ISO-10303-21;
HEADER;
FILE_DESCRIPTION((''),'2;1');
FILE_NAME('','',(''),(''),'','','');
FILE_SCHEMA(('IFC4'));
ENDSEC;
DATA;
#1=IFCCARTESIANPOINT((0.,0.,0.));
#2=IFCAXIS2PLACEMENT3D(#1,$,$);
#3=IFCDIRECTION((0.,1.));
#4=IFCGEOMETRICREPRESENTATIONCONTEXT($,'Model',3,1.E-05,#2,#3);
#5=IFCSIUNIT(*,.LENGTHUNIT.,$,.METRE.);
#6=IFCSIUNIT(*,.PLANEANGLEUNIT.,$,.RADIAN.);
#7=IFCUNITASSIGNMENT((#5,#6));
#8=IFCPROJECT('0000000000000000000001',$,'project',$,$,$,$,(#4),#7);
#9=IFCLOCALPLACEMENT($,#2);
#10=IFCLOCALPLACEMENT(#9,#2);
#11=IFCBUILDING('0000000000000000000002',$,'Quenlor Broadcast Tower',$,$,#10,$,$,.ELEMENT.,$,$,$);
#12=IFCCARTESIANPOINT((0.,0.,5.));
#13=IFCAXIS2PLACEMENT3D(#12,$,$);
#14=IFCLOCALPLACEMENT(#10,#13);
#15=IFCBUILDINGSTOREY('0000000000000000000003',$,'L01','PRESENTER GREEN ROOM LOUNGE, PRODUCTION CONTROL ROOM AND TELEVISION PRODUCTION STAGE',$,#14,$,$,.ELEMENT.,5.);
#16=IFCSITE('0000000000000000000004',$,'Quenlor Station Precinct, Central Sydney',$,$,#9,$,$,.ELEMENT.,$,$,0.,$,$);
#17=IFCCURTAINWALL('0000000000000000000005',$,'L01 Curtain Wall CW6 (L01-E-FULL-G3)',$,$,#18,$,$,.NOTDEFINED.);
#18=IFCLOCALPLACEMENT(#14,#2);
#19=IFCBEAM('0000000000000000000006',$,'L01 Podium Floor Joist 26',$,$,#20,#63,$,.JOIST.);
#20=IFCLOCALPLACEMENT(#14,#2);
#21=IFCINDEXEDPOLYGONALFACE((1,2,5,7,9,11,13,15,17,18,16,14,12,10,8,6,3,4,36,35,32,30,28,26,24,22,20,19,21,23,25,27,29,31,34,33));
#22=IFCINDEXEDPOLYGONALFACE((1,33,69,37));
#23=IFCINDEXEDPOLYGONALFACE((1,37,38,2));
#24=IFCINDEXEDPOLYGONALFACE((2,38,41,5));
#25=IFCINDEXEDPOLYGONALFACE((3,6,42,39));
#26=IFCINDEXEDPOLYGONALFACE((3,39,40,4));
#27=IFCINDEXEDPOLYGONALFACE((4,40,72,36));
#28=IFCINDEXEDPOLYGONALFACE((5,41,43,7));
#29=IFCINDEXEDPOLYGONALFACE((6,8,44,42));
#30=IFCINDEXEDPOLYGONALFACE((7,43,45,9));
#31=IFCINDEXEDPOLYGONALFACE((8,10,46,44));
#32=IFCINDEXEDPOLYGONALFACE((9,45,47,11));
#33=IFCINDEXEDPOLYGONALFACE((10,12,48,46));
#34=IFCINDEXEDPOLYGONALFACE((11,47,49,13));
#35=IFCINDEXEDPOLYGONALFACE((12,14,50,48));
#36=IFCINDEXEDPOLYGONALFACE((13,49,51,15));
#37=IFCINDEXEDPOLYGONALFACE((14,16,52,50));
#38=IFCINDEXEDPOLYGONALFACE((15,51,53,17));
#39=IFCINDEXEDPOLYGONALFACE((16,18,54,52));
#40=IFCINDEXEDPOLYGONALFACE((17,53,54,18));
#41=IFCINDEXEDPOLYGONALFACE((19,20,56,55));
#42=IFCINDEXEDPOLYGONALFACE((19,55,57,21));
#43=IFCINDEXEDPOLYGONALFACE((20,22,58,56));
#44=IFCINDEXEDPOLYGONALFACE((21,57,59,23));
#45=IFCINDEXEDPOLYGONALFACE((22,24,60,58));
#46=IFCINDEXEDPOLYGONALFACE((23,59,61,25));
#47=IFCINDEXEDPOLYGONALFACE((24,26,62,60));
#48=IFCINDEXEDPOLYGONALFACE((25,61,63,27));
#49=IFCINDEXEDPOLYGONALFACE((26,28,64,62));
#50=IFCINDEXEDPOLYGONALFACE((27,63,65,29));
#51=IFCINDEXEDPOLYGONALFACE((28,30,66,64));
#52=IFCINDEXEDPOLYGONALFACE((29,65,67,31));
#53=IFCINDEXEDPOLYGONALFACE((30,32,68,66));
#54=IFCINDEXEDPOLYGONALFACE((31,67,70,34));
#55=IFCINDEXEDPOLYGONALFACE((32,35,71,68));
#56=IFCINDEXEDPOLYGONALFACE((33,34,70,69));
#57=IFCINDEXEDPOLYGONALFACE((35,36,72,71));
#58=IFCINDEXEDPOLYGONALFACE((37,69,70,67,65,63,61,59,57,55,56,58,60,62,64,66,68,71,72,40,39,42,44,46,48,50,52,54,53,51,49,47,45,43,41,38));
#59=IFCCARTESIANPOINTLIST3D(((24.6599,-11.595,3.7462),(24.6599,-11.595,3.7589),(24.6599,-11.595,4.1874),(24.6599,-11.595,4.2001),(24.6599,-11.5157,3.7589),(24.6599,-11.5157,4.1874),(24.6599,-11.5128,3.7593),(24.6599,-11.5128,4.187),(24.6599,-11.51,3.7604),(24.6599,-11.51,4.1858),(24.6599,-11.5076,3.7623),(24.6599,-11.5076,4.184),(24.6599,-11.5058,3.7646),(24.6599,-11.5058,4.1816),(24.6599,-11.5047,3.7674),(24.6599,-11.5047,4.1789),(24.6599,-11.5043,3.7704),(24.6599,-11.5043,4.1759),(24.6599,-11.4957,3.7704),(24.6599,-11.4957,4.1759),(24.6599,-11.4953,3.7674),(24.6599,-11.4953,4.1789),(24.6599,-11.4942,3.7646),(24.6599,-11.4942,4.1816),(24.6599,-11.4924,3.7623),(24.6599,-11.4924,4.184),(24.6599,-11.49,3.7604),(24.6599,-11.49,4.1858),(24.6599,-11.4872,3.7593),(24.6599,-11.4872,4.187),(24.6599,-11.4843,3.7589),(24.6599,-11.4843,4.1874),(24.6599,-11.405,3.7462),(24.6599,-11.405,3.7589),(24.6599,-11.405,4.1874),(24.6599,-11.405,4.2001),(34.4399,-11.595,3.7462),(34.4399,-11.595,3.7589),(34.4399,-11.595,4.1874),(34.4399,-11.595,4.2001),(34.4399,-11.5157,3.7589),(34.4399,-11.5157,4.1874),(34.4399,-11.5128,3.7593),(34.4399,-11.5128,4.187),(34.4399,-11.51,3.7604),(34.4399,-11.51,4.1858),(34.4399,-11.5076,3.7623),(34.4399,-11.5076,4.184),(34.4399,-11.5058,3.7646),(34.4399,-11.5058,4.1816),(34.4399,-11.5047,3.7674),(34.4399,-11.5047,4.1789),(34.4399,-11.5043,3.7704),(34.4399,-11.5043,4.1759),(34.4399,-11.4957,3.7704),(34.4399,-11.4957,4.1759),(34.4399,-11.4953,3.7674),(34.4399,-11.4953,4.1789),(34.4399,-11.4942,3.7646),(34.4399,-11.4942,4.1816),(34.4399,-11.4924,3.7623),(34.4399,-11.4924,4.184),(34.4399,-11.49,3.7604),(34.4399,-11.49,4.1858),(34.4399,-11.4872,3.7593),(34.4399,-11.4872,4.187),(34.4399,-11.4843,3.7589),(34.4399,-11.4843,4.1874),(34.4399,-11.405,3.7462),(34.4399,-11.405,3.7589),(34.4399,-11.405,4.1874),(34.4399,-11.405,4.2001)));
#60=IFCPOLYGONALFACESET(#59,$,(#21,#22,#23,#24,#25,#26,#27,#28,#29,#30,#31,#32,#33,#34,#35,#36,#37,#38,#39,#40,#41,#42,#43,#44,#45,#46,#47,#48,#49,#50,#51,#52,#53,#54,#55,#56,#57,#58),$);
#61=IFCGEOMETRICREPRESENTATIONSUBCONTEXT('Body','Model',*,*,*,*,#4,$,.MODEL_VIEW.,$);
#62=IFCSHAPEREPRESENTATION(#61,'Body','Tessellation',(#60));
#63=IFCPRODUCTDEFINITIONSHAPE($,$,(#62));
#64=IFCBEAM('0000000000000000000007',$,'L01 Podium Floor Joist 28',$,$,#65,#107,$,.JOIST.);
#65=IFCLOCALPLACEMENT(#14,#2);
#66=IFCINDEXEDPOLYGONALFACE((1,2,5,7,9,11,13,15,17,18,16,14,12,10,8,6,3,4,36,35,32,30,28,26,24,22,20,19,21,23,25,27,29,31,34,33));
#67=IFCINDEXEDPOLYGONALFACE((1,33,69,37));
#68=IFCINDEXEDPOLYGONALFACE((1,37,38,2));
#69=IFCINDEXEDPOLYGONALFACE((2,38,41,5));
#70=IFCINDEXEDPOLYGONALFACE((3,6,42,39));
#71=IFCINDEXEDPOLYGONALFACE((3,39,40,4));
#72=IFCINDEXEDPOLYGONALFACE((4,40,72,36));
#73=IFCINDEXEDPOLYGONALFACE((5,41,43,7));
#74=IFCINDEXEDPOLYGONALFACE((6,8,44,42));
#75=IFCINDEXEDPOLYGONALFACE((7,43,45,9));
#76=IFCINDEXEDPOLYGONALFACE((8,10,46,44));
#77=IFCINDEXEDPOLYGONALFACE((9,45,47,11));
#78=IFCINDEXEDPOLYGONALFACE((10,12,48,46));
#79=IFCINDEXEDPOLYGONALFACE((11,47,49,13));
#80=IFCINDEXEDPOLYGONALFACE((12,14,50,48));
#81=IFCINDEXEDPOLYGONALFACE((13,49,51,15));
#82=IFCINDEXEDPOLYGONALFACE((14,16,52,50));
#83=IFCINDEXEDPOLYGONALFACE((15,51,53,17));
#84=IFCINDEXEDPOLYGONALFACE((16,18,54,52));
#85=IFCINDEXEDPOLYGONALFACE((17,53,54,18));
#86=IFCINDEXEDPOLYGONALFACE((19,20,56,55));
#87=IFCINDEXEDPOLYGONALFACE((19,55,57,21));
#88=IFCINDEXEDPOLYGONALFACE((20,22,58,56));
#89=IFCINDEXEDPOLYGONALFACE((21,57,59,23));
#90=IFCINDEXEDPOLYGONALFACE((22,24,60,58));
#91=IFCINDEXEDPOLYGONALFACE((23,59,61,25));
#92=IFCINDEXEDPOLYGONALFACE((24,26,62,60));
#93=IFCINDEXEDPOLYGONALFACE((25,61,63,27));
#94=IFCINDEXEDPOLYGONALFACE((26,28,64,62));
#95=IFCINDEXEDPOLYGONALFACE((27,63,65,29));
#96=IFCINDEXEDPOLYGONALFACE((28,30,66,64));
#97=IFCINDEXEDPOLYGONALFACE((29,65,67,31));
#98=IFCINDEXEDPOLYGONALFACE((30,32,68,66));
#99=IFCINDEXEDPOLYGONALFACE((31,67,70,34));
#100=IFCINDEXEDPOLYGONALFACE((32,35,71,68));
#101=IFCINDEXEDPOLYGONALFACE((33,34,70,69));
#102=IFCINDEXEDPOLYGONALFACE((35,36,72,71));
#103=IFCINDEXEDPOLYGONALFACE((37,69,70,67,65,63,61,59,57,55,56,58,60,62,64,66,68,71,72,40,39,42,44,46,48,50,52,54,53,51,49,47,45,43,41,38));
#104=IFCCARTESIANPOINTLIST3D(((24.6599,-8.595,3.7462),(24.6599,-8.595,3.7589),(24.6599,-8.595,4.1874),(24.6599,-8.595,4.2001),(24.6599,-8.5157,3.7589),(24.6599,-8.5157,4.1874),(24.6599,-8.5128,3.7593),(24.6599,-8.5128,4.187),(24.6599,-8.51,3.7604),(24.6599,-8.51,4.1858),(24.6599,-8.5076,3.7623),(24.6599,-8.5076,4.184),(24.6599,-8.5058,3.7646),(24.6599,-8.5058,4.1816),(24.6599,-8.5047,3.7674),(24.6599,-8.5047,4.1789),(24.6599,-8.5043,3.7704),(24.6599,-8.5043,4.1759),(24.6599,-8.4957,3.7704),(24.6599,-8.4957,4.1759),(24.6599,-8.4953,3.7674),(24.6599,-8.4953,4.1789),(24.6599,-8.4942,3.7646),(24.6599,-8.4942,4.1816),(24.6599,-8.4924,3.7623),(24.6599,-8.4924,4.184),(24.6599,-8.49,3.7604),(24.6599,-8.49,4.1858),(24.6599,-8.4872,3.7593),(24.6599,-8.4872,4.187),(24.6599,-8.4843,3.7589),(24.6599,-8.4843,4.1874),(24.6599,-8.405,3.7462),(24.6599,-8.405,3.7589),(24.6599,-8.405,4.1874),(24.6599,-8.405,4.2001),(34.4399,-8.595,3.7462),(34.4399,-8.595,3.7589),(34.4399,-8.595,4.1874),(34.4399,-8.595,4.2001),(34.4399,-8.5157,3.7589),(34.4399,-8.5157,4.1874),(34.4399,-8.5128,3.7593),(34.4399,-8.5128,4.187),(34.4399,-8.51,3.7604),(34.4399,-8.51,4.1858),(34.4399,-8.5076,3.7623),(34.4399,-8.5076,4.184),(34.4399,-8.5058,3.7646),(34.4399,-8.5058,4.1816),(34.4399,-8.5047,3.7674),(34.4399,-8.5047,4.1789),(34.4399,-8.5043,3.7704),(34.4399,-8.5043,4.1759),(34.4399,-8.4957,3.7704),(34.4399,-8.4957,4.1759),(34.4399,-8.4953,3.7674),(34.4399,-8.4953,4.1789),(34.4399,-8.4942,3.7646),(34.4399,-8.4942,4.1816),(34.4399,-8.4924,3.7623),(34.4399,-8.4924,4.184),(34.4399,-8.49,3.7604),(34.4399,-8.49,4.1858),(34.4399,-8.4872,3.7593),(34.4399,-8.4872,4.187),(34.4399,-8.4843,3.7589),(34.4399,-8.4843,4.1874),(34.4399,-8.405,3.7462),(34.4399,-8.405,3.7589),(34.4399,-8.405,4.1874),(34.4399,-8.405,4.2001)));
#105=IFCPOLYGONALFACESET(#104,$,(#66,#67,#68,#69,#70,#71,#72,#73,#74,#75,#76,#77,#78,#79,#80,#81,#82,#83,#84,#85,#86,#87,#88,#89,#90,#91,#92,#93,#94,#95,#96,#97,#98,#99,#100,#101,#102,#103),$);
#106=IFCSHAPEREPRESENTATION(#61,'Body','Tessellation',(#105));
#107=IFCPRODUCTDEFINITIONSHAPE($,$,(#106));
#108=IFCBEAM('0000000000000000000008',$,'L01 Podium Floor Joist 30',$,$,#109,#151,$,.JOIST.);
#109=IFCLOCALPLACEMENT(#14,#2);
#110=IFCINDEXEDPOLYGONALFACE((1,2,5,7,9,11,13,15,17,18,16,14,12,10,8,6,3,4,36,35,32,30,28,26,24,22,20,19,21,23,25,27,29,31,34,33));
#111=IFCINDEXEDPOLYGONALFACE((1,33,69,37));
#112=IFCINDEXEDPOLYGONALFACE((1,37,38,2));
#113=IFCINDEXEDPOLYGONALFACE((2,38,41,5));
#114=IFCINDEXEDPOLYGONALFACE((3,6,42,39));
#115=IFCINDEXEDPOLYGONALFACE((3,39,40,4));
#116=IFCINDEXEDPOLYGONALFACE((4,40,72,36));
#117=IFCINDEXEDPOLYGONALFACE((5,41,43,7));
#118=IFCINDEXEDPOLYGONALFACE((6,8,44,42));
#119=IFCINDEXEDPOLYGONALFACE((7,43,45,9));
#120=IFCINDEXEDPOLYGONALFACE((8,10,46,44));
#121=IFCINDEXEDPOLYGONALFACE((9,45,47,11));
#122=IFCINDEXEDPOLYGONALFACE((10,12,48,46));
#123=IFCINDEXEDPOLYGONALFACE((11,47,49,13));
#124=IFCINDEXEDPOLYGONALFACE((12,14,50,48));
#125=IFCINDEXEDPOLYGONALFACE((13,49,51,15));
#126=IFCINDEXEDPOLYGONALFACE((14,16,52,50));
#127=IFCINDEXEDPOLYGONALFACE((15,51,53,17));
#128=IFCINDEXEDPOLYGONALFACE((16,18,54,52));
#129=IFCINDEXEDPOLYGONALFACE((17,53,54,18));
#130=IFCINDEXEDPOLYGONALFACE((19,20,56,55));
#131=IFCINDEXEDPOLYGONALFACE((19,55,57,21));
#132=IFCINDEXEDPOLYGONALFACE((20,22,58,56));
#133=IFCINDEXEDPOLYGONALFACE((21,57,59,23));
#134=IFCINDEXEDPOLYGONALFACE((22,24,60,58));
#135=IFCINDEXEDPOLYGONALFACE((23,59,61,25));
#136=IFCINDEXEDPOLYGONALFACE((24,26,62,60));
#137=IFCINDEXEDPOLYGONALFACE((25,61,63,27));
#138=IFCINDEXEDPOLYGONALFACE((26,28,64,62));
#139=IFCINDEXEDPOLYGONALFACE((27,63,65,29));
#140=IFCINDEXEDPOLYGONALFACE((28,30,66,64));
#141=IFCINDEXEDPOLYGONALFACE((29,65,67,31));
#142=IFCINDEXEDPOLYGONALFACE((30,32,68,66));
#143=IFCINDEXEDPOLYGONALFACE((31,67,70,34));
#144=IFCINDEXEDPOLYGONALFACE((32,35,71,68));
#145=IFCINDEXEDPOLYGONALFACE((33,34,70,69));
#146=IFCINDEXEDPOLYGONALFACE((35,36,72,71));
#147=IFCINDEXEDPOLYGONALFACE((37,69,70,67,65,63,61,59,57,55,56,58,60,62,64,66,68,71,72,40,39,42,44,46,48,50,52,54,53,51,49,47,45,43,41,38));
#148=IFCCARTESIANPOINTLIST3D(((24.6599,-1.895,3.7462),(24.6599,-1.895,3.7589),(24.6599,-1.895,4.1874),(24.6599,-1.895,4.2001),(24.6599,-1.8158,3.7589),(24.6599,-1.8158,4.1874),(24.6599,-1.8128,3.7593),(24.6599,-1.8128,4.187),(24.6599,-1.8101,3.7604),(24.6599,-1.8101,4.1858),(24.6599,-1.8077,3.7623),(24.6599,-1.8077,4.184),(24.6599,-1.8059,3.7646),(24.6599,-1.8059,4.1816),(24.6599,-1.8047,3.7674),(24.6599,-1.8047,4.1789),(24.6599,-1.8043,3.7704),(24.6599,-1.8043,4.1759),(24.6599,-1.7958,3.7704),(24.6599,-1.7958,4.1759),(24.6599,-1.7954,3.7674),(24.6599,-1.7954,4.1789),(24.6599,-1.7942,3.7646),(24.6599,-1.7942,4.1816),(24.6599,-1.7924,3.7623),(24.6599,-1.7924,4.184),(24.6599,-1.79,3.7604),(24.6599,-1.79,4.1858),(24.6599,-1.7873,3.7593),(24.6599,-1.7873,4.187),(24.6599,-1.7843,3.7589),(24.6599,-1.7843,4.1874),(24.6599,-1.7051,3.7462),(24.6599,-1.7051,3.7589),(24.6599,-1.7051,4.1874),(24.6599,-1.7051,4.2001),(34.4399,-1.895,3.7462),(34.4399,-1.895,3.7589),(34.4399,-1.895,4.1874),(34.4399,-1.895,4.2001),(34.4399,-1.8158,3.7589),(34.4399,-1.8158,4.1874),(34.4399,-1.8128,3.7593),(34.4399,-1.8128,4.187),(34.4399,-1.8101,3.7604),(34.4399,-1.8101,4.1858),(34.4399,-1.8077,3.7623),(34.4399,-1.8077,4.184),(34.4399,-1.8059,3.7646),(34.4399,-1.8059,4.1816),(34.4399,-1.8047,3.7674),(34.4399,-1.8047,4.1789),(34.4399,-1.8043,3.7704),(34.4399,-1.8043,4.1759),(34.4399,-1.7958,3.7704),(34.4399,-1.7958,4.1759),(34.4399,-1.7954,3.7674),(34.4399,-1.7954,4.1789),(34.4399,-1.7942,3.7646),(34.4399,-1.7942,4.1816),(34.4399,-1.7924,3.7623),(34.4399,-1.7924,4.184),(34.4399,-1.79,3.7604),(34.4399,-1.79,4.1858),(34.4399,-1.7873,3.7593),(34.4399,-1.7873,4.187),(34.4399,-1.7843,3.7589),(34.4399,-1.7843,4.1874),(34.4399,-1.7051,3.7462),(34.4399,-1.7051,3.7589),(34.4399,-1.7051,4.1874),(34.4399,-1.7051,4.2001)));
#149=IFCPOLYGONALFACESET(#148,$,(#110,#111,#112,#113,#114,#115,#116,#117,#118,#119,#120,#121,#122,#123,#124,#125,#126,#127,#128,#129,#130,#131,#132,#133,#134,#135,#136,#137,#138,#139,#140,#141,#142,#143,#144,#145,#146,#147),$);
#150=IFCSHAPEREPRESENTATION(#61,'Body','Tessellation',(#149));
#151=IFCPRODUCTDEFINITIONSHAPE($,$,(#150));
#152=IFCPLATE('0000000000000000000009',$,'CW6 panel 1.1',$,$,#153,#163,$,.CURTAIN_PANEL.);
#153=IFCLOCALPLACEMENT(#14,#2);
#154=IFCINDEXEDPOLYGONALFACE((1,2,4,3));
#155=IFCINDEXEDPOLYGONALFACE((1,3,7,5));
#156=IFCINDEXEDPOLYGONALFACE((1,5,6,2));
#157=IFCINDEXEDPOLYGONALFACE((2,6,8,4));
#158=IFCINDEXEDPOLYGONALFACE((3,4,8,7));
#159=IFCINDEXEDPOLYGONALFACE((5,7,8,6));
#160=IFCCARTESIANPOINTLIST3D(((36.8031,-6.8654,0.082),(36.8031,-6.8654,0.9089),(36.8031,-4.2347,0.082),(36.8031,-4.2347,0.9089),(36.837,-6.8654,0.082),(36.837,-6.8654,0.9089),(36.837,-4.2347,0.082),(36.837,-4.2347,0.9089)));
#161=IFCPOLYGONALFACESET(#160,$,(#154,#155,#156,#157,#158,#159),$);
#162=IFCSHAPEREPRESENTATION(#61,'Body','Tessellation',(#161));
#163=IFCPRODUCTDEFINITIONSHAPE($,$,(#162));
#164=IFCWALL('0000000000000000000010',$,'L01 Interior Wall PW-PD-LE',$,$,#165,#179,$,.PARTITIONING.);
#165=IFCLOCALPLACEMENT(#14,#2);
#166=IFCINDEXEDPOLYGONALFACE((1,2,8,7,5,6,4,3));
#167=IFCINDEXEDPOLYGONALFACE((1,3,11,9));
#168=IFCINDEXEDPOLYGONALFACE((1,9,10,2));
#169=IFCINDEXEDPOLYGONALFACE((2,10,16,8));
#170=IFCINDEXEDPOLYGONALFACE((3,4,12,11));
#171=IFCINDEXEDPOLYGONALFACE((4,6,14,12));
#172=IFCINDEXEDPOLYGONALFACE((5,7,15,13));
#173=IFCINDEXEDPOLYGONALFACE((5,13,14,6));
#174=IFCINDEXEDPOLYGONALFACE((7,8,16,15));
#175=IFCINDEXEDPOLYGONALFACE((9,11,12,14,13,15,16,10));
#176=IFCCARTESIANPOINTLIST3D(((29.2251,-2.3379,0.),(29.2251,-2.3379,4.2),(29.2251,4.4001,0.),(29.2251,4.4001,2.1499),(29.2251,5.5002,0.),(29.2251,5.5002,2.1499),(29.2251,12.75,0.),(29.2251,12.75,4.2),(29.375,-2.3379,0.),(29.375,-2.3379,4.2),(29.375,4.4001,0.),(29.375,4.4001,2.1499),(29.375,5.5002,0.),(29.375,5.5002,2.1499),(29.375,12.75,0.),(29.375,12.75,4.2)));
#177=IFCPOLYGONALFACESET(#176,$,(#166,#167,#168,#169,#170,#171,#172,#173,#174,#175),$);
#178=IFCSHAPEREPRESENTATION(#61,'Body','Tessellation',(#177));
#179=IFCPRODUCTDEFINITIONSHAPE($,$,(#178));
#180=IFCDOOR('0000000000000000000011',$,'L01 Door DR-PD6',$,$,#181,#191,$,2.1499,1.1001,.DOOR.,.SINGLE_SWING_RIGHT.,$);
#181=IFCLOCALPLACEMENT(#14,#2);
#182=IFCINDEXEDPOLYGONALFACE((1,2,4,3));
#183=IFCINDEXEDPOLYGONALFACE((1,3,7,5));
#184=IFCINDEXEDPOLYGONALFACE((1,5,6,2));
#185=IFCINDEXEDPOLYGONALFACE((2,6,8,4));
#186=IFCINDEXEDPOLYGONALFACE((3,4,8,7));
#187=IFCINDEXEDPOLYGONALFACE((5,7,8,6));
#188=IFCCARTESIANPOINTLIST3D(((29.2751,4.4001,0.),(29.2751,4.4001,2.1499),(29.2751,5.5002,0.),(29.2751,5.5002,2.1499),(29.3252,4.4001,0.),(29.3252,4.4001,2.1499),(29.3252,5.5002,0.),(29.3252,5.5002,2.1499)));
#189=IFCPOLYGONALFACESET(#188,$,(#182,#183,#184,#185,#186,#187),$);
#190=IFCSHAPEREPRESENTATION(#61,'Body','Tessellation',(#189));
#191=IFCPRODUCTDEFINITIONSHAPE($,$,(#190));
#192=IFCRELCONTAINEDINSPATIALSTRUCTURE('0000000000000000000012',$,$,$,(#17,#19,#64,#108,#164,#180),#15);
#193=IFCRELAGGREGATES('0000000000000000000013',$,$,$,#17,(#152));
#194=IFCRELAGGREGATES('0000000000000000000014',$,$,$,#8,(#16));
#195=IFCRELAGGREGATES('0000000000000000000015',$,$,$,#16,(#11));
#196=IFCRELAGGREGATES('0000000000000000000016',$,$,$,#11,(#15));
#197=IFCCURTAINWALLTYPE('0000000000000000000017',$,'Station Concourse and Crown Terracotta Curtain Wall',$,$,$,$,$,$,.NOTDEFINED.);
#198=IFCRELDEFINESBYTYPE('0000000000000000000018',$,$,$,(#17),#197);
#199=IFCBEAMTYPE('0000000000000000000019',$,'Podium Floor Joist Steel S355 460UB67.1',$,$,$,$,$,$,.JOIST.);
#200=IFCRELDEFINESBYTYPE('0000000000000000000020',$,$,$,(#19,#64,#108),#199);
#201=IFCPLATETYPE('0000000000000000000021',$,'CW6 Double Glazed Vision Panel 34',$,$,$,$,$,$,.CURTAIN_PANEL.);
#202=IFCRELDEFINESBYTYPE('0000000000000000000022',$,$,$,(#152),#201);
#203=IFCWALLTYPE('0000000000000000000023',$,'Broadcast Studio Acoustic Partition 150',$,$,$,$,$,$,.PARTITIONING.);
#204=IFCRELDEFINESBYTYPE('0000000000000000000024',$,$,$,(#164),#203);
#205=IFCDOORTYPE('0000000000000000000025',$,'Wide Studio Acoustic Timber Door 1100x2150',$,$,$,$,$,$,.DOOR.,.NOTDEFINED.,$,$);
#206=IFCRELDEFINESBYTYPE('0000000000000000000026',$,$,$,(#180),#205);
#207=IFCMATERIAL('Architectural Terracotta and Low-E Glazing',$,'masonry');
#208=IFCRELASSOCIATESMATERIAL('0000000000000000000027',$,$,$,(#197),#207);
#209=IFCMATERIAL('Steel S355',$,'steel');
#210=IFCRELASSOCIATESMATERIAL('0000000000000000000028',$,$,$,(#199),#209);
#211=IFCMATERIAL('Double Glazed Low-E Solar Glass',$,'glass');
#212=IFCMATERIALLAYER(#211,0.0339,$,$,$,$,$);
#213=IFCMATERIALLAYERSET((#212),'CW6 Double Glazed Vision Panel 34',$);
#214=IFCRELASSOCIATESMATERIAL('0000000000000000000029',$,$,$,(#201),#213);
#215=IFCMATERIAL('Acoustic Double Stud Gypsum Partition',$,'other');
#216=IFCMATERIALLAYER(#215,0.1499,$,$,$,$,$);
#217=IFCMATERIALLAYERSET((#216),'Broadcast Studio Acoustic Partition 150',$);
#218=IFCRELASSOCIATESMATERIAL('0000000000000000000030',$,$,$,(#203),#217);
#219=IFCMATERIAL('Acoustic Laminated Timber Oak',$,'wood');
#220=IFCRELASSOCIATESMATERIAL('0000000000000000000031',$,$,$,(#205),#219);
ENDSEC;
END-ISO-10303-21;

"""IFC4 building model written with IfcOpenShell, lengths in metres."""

from ifc_helpers import new_model, si_unit, direction, frame, frame_2d, origin, origin_2d, place, context, subcontext, project, spatial, rectangle, i_section, extrude, material, layer, layer_set, material_profile, profile_set, type_object, element, fill, aggregate, save


model = new_model("IFC4")

# Units and contexts
model_context = context("Model", 3, precision=1e-05, world=origin(), true_north=direction((0.0, 1.0)))
body_context = subcontext(model_context, "Body", "Model", "MODEL_VIEW")
ifc_project = project(units=[si_unit("LENGTHUNIT", "METRE"), si_unit("PLANEANGLEUNIT", "RADIAN")], contexts=[model_context])

# Site, building, storey
site_placement = place(None, origin())
site = spatial("IfcSite", under=ifc_project, at=site_placement, Name="Quenlor Station Precinct, Central Sydney", CompositionType="ELEMENT", RefElevation=0.0)
building_placement = place(site_placement, origin())
building = spatial("IfcBuilding", under=site, at=building_placement, Name="Quenlor Broadcast Tower", CompositionType="ELEMENT")
storey_placement = place(building_placement, frame((0.0, 0.0, 5.0)))
storey = spatial("IfcBuildingStorey", under=building, at=storey_placement, Name="L01", Description="PRESENTER GREEN ROOM LOUNGE, PRODUCTION CONTROL ROOM AND TELEVISION PRODUCTION STAGE", CompositionType="ELEMENT", Elevation=5.0)

# Curtain wall
ifc_material_1 = material(Name="Architectural Terracotta and Low-E Glazing", Category="masonry")
curtain_wall_type = type_object("IfcCurtainWallType", Name="Station Concourse and Crown Terracotta Curtain Wall", PredefinedType="NOTDEFINED", material=ifc_material_1)
curtain_wall_1_placement = place(storey_placement, origin())
curtain_wall_1 = element("IfcCurtainWall", 1, at=curtain_wall_1_placement, inside=storey, type_object=curtain_wall_type, Name="L01 Curtain Wall CW6 (L01-E-FULL-G3)", PredefinedType="NOTDEFINED")

# Beams
ifc_material_2 = material(Name="Steel S355", Category="steel")
ifc_material_profile_1 = material_profile(ifc_material_2, i_section(OverallWidth=0.1899, OverallDepth=0.4539, WebThickness=0.0085, FlangeThickness=0.0127, FilletRadius=0.0115, at=origin_2d()))
ifc_profile_set_1 = profile_set([ifc_material_profile_1], Name="Steel S355 460UB67.1")
beam_type_1 = type_object("IfcBeamType", Name="Podium Floor Joist Steel S355 460UB67.1", PredefinedType="JOIST", material=ifc_profile_set_1)
for number, where, z_axis, x_axis, name in (
    (2, (24.6599, -11.5, 3.9731), (1.0, 0.0, 0.0), (0.0, 1.0, 0.0), "L01 Podium Floor Joist 26"),
    (3, (24.6599, -8.5, 3.9731), (1.0, 0.0, 0.0), (0.0, 1.0, 0.0), "L01 Podium Floor Joist 28"),
    (4, (24.6599, -1.8, 3.9731), (1.0, 0.0, 0.0), (0.0, 1.0, 0.0), "L01 Podium Floor Joist 30"),
):
    element("IfcBeam", number, at=place(storey_placement, frame(where, z_axis=z_axis, x_axis=x_axis)), inside=storey, type_object=beam_type_1, Name=name, PredefinedType="JOIST", context=body_context, shape_type="SweptSolid", body=[
        extrude(i_section(OverallWidth=0.1899, OverallDepth=0.4539, WebThickness=0.0085, FlangeThickness=0.0127, FilletRadius=0.0115, at=origin_2d()), origin(), (0.0, 0.0, 1.0), 9.78),
    ])

# Plate
ifc_material_3 = material(Name="Double Glazed Low-E Solar Glass", Category="glass")
ifc_layer_1 = layer(ifc_material_3, 0.0339)
ifc_layer_set_1 = layer_set([ifc_layer_1], Name="CW6 Double Glazed Vision Panel 34")
plate_type = type_object("IfcPlateType", Name="CW6 Double Glazed Vision Panel 34", PredefinedType="CURTAIN_PANEL", material=ifc_layer_set_1)
plate_placement = place(storey_placement, frame((36.8201, -5.55, 0.082), z_axis=(0.0, 0.0, 1.0), x_axis=(0.0, -1.0, 0.0)))
plate = element("IfcPlate", 5, at=plate_placement, type_object=plate_type, Name="CW6 panel 1.1", PredefinedType="CURTAIN_PANEL", context=body_context, shape_type="SweptSolid", body=[
    extrude(rectangle(XDim=2.6306, YDim=0.0339, at=origin_2d()), origin(), (0.0, 0.0, 1.0), 0.8269),
])
aggregate(curtain_wall_1, [plate])

# Wall, opening, door
ifc_material_4 = material(Name="Acoustic Double Stud Gypsum Partition", Category="other")
ifc_layer_2 = layer(ifc_material_4, 0.1499)
ifc_layer_set_2 = layer_set([ifc_layer_2], Name="Broadcast Studio Acoustic Partition 150")
wall_type_1 = type_object("IfcWallType", Name="Broadcast Studio Acoustic Partition 150", PredefinedType="PARTITIONING", material=ifc_layer_set_2)
wall_1_placement = place(storey_placement, frame((29.3, -2.3379, 0.0), z_axis=(0.0, 0.0, 1.0), x_axis=(0.0, 1.0, 0.0)))
wall_1 = element("IfcWall", 6, at=wall_1_placement, inside=storey, type_object=wall_type_1, Name="L01 Interior Wall PW-PD-LE", PredefinedType="PARTITIONING", context=body_context, shape_type="SweptSolid", body=[
    extrude(rectangle(XDim=15.0879, YDim=0.1499, at=frame_2d((7.5439, 0.0))), origin(), (0.0, 0.0, 1.0), 4.2),
])
opening_placement = place(wall_1_placement, frame((6.738, 0.0, 0.0)))
opening = element("IfcOpeningElement", 7, at=opening_placement, cuts=wall_1, PredefinedType="OPENING", context=body_context, shape_type="SweptSolid", body=[
    extrude(rectangle(XDim=1.1001, YDim=2.1499, at=frame_2d((0.55, 1.075))), frame((0.0, 0.085, 0.0), z_axis=(0.0, -1.0, 0.0), x_axis=(1.0, 0.0, 0.0)), (0.0, 0.0, 1.0), 0.1699),
])
ifc_material_5 = material(Name="Acoustic Laminated Timber Oak", Category="wood")
door_type = type_object("IfcDoorType", Name="Wide Studio Acoustic Timber Door 1100x2150", OperationType="NOTDEFINED", PredefinedType="DOOR", material=ifc_material_5)
door_placement = place(opening_placement, origin())
door = element("IfcDoor", 8, at=door_placement, inside=storey, type_object=door_type, Name="L01 Door DR-PD6", OperationType="SINGLE_SWING_RIGHT", OverallHeight=2.1499, OverallWidth=1.1001, PredefinedType="DOOR", context=body_context, shape_type="SweptSolid", body=[
    extrude(rectangle(XDim=1.1001, YDim=2.1499, at=frame_2d((0.55, 1.075))), frame((0.0, 0.0249, 0.0), z_axis=(0.0, -1.0, 0.0), x_axis=(1.0, 0.0, 0.0)), (0.0, 0.0, 1.0), 0.05),
])
fill(opening, door)

save(model, "model.ifc")
